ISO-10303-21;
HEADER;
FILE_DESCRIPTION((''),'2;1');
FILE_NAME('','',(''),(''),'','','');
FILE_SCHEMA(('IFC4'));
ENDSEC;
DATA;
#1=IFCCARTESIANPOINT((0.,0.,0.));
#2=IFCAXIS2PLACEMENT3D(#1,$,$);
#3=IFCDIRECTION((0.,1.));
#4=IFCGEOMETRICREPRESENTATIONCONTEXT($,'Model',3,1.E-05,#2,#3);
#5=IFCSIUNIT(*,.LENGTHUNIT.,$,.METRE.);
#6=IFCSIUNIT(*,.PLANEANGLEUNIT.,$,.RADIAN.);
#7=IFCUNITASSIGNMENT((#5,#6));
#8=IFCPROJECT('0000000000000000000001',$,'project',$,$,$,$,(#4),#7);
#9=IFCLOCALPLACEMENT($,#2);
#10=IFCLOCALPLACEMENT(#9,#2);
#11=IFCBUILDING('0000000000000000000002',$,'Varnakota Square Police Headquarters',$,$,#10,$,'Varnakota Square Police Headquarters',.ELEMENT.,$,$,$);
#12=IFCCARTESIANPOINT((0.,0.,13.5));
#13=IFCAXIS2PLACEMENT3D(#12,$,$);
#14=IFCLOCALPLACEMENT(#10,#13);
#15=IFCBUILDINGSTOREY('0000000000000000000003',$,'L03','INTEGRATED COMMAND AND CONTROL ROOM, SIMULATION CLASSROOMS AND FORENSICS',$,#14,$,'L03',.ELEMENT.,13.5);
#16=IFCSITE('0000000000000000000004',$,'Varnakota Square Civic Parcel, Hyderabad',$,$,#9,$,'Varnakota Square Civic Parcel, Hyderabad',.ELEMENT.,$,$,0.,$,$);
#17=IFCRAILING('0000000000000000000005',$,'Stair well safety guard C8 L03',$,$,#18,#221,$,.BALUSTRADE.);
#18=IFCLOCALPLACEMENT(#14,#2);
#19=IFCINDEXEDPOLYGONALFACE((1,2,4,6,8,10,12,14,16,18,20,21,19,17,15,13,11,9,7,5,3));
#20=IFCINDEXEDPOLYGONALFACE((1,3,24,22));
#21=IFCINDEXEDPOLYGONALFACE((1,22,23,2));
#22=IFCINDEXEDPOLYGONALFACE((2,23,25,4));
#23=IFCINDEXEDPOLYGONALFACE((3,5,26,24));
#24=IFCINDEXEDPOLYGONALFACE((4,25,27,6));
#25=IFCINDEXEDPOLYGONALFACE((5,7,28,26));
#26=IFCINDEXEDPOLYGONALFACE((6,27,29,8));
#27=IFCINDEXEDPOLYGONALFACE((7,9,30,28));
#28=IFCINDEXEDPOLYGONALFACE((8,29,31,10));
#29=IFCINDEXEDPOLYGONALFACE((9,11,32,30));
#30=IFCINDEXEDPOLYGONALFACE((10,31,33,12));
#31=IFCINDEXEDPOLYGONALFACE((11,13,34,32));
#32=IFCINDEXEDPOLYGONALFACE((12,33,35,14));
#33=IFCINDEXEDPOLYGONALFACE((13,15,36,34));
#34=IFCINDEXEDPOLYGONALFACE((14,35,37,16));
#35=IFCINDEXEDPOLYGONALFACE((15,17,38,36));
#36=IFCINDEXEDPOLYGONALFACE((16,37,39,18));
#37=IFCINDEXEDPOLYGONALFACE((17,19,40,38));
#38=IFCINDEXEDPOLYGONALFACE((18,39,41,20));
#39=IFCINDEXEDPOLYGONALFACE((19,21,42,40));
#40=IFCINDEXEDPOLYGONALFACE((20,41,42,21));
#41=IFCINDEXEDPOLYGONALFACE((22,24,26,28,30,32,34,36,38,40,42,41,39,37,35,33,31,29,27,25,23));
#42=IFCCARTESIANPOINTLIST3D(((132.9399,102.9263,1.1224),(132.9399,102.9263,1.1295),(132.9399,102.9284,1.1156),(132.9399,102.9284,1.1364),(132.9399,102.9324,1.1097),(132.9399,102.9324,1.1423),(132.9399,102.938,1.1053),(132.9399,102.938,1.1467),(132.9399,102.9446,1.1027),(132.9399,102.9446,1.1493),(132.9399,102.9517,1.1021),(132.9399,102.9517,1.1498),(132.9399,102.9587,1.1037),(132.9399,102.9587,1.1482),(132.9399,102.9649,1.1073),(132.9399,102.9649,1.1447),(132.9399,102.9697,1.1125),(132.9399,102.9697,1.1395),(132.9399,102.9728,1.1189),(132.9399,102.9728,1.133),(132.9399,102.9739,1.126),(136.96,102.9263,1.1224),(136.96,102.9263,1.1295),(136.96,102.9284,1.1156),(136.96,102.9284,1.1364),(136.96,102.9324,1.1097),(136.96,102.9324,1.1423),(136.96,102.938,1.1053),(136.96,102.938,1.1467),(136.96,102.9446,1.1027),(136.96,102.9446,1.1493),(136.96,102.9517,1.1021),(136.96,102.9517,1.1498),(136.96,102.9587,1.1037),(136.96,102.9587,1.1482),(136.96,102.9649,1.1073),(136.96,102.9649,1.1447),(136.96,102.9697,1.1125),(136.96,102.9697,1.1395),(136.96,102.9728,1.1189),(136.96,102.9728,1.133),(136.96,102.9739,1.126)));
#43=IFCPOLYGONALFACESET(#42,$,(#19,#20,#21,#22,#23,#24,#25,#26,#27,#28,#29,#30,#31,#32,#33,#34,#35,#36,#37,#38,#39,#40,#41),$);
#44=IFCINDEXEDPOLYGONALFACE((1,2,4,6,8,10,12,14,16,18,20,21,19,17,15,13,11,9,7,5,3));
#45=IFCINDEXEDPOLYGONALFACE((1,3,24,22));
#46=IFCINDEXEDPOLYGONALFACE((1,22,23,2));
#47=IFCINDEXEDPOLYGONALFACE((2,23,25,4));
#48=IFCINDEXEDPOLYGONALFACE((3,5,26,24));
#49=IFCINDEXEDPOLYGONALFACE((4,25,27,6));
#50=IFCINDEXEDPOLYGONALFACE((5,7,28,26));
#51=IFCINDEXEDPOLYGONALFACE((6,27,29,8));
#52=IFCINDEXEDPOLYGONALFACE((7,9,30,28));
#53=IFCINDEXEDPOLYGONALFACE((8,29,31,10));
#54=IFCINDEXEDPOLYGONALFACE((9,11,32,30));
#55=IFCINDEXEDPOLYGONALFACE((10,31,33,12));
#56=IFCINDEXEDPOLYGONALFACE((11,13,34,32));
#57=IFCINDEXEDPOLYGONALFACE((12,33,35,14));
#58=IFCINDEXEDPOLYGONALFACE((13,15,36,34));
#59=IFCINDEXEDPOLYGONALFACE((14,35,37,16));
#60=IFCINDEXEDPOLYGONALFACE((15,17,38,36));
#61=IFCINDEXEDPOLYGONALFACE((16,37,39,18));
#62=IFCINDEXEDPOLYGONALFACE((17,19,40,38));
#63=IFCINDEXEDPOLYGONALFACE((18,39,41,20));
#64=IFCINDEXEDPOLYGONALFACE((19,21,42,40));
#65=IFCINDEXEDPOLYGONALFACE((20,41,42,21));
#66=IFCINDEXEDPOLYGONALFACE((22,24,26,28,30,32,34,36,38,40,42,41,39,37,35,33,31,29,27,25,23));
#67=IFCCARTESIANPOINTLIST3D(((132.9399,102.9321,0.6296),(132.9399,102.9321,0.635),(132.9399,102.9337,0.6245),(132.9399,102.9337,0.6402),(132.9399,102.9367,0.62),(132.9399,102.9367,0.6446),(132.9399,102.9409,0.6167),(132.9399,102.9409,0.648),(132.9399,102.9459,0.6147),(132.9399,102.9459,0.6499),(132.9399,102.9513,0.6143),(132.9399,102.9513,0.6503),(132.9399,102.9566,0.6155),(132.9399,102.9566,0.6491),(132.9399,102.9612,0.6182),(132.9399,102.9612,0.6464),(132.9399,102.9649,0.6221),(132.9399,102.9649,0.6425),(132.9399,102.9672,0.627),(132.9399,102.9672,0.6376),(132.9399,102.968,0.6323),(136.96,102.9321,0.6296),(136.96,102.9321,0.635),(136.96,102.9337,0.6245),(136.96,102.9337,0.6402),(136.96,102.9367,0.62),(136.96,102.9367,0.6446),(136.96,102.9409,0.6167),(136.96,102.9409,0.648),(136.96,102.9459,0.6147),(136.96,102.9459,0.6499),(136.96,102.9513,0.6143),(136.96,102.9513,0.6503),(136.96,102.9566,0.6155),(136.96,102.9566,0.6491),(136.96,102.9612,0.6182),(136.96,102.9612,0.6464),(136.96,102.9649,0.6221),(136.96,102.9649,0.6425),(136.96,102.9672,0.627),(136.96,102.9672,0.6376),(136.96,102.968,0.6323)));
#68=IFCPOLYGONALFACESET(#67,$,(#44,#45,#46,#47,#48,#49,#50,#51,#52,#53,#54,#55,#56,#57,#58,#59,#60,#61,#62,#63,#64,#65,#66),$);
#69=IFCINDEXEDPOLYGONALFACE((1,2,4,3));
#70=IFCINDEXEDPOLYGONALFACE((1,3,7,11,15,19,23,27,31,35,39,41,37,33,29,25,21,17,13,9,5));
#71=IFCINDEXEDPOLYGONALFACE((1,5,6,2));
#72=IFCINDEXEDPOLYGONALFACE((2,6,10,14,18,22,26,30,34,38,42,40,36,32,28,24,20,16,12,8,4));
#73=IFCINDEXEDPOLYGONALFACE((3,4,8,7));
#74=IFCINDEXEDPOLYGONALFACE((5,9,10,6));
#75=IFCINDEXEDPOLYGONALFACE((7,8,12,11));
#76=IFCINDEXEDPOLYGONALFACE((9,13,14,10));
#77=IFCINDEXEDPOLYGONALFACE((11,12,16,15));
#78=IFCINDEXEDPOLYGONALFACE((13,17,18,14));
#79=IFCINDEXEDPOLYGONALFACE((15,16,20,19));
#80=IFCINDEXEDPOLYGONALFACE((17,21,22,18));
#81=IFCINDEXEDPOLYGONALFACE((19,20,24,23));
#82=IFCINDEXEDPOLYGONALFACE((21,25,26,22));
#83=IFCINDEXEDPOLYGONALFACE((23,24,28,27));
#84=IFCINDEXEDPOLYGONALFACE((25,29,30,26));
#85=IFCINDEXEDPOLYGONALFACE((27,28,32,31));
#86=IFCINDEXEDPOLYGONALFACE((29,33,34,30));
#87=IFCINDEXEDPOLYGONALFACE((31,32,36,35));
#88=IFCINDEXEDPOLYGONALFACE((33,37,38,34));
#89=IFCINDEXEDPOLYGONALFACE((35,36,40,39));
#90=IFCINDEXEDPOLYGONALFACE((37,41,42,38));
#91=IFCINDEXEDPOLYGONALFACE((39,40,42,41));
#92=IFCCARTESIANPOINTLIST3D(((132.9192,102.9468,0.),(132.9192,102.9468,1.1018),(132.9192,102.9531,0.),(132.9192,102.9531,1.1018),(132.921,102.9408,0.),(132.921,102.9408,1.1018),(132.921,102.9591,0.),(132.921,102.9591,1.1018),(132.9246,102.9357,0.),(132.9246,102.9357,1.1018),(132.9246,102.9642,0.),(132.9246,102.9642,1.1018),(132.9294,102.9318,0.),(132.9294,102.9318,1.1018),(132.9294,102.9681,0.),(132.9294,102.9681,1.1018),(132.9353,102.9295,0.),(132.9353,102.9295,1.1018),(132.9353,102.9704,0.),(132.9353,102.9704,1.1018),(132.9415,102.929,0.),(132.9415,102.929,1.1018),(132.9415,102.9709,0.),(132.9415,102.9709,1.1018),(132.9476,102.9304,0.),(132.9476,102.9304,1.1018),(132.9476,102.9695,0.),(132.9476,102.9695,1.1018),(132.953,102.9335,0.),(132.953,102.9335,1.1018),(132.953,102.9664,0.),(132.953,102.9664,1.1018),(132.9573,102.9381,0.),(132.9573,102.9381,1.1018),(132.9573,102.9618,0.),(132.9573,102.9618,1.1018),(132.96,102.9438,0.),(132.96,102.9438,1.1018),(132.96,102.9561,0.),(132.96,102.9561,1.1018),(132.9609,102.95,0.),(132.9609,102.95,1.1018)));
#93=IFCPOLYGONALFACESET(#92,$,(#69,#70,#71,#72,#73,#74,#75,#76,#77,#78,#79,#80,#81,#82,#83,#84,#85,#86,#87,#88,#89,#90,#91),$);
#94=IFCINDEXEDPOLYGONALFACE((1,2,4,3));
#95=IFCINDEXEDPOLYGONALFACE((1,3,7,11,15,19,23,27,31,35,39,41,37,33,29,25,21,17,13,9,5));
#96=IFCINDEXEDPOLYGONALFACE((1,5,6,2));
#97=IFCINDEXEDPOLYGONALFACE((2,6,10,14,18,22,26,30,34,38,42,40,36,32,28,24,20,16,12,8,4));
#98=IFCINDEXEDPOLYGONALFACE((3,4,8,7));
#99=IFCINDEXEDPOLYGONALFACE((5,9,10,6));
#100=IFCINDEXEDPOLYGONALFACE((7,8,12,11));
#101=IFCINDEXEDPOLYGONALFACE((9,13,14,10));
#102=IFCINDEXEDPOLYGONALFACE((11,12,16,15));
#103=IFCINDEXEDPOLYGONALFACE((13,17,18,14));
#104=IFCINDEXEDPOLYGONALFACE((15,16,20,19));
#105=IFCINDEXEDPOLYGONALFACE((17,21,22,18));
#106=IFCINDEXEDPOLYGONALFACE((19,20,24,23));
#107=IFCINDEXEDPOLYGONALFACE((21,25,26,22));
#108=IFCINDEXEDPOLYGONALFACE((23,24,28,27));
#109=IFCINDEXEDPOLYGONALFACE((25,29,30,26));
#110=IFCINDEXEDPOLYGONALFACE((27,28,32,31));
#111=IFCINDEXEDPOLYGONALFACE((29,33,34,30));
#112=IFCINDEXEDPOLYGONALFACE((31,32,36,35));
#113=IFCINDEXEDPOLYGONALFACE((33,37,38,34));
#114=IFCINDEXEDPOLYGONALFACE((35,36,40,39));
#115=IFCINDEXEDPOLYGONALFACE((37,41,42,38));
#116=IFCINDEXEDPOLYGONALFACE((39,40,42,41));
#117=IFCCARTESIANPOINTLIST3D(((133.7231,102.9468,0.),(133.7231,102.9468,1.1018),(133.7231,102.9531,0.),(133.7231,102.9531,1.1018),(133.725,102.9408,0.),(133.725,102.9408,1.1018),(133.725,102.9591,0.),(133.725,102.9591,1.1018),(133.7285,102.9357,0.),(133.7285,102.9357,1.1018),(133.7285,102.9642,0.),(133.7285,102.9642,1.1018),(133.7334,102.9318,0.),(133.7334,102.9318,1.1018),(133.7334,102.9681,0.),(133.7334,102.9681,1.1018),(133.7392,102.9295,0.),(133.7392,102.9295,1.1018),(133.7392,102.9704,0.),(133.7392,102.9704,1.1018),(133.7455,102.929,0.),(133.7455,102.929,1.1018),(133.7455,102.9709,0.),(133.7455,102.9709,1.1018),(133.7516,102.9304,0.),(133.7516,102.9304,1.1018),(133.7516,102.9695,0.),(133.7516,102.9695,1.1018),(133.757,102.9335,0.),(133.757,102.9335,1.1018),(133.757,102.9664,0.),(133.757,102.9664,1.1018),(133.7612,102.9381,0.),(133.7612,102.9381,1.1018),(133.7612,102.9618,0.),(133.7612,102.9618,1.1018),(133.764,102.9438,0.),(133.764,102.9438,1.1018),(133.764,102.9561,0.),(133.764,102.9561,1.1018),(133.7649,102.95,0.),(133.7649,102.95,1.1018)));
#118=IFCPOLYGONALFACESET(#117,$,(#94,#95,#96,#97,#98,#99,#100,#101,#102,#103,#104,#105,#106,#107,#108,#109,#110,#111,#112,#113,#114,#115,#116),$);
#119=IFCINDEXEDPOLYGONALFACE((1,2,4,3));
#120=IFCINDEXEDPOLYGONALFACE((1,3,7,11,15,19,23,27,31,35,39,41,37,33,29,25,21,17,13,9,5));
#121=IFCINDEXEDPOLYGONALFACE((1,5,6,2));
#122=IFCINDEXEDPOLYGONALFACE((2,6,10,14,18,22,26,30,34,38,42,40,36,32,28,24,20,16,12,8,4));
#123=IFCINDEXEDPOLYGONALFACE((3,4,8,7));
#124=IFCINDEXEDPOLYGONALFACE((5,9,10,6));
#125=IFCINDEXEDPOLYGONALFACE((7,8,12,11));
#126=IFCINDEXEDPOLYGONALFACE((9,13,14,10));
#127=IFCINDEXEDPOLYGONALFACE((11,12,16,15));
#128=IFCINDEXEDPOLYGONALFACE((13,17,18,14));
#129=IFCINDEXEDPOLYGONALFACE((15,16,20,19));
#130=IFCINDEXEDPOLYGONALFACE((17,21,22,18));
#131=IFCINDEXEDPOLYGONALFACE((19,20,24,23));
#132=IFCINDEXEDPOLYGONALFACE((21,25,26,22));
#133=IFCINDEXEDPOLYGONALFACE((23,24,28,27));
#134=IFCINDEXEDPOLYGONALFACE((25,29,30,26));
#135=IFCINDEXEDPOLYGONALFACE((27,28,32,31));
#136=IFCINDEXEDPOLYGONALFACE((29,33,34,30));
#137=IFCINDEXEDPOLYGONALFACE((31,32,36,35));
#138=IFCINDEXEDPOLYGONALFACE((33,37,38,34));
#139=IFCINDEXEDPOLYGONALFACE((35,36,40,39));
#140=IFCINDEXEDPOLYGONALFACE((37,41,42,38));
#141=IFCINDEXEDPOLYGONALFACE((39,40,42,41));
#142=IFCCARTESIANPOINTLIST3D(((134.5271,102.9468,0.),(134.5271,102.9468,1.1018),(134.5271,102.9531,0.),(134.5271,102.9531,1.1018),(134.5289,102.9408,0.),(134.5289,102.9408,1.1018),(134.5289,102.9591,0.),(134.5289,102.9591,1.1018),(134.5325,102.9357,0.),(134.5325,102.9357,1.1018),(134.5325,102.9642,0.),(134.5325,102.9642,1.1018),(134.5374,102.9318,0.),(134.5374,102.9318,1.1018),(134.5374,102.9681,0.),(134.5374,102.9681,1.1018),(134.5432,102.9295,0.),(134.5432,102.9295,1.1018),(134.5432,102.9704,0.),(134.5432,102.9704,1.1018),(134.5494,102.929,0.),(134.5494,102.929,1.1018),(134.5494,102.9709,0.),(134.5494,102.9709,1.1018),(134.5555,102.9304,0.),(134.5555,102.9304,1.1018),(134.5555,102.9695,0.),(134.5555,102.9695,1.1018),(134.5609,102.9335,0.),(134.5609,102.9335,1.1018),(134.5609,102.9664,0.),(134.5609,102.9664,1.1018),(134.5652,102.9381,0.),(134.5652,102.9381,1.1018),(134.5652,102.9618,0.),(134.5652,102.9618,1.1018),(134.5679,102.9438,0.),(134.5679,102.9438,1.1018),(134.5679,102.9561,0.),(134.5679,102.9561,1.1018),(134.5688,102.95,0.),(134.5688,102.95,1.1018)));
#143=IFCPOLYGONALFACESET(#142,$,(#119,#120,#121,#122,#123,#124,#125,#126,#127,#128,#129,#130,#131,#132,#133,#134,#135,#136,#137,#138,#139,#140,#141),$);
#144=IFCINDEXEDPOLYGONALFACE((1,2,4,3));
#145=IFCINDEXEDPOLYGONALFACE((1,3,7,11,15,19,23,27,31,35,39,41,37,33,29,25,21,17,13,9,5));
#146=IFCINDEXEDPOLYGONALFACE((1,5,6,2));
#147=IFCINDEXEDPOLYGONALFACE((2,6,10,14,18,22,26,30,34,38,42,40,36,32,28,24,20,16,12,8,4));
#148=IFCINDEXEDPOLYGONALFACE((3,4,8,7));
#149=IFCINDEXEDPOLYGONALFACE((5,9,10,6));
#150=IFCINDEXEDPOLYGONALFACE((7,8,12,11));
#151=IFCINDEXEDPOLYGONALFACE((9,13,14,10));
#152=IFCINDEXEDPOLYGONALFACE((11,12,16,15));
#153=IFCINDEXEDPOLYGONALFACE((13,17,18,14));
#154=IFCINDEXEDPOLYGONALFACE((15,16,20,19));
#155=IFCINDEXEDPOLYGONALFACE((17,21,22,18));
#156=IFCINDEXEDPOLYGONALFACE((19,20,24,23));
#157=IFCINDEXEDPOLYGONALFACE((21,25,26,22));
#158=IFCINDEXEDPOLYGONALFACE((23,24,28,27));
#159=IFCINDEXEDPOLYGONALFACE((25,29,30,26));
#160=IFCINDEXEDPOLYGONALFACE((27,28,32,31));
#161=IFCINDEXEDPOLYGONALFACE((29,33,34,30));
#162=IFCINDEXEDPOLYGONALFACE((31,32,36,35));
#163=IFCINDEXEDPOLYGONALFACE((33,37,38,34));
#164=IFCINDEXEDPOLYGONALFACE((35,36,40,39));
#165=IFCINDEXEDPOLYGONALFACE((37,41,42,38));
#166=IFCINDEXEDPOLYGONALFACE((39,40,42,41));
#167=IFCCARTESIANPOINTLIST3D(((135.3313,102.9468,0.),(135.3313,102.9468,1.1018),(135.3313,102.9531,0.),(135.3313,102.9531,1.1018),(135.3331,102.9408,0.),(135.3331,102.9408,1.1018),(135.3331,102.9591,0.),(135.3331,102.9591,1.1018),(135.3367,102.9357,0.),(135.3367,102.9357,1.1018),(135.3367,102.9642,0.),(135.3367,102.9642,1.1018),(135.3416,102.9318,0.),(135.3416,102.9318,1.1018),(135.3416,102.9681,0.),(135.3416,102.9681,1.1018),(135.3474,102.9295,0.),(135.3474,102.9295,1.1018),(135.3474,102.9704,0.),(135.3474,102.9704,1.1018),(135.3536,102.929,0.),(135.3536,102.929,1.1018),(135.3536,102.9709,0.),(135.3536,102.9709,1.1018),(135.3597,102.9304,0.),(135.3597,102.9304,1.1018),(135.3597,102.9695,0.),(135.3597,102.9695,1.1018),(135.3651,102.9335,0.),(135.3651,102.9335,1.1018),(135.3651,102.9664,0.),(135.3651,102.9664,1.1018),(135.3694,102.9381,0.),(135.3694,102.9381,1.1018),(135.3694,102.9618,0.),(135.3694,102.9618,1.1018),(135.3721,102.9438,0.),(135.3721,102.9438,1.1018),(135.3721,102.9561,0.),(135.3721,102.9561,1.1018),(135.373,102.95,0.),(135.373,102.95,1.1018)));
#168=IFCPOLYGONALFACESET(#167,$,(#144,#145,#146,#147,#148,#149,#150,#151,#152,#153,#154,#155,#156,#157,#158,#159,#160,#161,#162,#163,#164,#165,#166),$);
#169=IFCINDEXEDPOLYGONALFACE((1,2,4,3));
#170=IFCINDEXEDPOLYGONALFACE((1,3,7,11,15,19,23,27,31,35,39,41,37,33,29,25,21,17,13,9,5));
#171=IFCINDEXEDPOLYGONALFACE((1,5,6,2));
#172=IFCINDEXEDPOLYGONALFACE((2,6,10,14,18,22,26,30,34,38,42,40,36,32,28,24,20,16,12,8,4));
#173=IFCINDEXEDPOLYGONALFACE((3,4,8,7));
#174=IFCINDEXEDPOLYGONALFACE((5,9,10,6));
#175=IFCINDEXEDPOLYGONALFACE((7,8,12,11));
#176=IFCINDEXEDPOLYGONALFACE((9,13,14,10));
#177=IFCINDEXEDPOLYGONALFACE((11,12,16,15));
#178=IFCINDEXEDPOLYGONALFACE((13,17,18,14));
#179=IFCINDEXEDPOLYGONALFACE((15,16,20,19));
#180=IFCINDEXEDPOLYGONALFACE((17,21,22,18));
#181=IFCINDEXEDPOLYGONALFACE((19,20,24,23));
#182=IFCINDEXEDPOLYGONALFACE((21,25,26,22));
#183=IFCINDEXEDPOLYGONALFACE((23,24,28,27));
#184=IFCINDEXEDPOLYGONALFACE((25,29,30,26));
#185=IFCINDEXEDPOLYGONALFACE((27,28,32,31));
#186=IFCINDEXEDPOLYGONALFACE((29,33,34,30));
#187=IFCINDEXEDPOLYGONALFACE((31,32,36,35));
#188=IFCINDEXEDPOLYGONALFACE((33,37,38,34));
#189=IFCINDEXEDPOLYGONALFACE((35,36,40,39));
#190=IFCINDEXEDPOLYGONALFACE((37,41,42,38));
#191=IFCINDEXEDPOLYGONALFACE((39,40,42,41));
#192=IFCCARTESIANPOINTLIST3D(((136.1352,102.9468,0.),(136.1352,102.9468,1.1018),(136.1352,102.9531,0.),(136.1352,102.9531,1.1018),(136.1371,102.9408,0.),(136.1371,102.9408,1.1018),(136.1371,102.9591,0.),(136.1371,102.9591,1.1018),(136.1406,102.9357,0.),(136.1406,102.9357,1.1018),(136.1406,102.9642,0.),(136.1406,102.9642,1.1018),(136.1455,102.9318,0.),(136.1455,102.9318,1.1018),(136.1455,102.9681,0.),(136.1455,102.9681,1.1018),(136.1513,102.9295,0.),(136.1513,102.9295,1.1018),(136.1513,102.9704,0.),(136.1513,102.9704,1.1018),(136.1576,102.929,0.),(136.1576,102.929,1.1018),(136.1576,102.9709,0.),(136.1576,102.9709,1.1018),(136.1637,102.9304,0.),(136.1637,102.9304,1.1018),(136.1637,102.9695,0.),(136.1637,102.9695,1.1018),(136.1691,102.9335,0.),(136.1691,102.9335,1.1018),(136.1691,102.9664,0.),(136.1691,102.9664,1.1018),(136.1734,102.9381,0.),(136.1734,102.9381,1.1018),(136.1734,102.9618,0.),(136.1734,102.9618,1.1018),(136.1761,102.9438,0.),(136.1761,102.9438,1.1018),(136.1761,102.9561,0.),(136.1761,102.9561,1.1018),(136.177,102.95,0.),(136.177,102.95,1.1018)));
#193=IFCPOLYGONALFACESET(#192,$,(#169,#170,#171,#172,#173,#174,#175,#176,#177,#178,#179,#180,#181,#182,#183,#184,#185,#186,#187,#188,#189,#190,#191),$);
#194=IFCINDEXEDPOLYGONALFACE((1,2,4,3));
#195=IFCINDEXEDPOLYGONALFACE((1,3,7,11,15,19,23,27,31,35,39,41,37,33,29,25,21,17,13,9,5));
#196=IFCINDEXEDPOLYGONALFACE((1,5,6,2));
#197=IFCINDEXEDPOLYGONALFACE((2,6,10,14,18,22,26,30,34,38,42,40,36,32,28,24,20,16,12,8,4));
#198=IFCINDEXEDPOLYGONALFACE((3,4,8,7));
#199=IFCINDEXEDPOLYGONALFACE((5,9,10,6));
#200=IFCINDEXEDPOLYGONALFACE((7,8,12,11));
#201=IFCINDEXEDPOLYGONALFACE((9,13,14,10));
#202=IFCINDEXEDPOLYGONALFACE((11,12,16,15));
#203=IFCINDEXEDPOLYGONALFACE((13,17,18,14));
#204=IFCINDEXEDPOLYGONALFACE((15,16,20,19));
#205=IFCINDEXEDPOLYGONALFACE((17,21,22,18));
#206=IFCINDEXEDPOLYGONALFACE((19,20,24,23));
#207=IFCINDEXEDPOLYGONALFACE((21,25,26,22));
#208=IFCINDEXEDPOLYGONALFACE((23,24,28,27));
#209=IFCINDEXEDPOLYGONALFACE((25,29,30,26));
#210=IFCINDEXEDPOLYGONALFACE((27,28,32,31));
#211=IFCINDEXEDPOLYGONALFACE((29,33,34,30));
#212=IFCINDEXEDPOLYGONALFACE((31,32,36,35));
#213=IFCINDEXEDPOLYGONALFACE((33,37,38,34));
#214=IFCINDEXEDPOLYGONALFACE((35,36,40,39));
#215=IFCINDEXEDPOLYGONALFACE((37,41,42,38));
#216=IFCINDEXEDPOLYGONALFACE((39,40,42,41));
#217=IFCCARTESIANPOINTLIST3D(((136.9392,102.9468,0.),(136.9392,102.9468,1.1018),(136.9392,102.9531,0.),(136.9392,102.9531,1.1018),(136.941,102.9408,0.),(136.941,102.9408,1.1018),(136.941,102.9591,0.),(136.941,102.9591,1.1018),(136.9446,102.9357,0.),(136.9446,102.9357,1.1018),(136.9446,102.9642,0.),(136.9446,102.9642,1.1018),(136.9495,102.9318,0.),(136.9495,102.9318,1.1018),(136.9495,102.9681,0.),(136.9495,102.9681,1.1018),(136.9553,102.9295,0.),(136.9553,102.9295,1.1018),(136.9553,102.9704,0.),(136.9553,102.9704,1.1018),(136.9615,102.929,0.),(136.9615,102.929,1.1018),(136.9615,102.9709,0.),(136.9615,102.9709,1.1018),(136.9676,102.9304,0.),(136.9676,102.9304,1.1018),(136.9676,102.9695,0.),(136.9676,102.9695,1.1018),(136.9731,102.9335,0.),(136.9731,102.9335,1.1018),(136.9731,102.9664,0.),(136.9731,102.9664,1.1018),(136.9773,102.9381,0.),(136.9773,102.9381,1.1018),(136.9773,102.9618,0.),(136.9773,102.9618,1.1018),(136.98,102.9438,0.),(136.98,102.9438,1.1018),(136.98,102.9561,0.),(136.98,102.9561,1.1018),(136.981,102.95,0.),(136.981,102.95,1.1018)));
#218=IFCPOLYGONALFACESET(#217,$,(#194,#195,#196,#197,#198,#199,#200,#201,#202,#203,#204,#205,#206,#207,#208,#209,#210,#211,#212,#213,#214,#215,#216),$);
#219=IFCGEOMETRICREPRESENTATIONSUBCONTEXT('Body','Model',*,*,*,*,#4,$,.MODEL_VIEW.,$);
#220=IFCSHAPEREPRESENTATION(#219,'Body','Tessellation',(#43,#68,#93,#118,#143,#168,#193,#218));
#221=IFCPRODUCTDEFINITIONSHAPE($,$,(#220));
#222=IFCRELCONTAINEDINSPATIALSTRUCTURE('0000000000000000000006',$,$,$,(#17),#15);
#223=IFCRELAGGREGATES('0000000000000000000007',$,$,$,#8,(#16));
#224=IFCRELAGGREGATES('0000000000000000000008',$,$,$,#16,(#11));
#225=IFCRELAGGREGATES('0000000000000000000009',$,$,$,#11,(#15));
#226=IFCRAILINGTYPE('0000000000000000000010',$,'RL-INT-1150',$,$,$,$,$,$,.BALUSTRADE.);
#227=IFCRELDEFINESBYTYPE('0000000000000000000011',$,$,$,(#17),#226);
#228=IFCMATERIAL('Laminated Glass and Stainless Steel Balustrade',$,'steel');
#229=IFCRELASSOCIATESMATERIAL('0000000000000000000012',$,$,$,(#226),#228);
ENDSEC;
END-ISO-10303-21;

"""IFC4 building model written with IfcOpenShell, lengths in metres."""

from ifc_helpers import new_model, si_unit, direction, frame, origin, origin_2d, place, context, subcontext, project, spatial, circle, extrude, material, type_object, element, save


model = new_model("IFC4")

# Units and contexts
model_context = context("Model", 3, precision=1e-05, world=origin(), true_north=direction((0.0, 1.0)))
body_context = subcontext(model_context, "Body", "Model", "MODEL_VIEW")
ifc_project = project(units=[si_unit("LENGTHUNIT", "METRE"), si_unit("PLANEANGLEUNIT", "RADIAN")], contexts=[model_context])

# Site, building, storey
site_placement = place(None, origin())
site = spatial("IfcSite", under=ifc_project, at=site_placement, Name="Varnakota Square Civic Parcel, Hyderabad", LongName="Varnakota Square Civic Parcel, Hyderabad", CompositionType="ELEMENT", RefElevation=0.0)
building_placement = place(site_placement, origin())
building = spatial("IfcBuilding", under=site, at=building_placement, Name="Varnakota Square Police Headquarters", LongName="Varnakota Square Police Headquarters", CompositionType="ELEMENT")
storey_placement = place(building_placement, frame((0.0, 0.0, 13.5)))
storey = spatial("IfcBuildingStorey", under=building, at=storey_placement, Name="L03", Description="INTEGRATED COMMAND AND CONTROL ROOM, SIMULATION CLASSROOMS AND FORENSICS", LongName="L03", CompositionType="ELEMENT", Elevation=13.5)

# Railing
ifc_material_1 = material(Name="Laminated Glass and Stainless Steel Balustrade", Category="steel")
railing_type = type_object("IfcRailingType", Name="RL-INT-1150", PredefinedType="BALUSTRADE", material=ifc_material_1)
railing_placement = place(storey_placement, frame((132.9399, 102.95, 0.0)))
element("IfcRailing", 1, at=railing_placement, inside=storey, type_object=railing_type, Name="Stair well safety guard C8 L03", PredefinedType="BALUSTRADE", context=body_context, shape_type="SweptSolid", body=[
    extrude(circle(Radius=0.0239, at=origin_2d()), frame((0.0, 0.0, 1.126), z_axis=(1.0, 0.0, 0.0), x_axis=(0.0, 1.0, 0.0)), (0.0, 0.0, 1.0), 4.02),
    extrude(circle(Radius=0.0181, at=origin_2d()), frame((0.0, 0.0, 0.6323), z_axis=(1.0, 0.0, 0.0), x_axis=(0.0, 1.0, 0.0)), (0.0, 0.0, 1.0), 4.02),
    extrude(circle(Radius=0.021, at=origin_2d()), origin(), (0.0, 0.0, 1.0), 1.1018),
    extrude(circle(Radius=0.021, at=origin_2d()), frame((0.804, 0.0, 0.0)), (0.0, 0.0, 1.0), 1.1018),
    extrude(circle(Radius=0.021, at=origin_2d()), frame((1.6079, 0.0, 0.0)), (0.0, 0.0, 1.0), 1.1018),
    extrude(circle(Radius=0.021, at=origin_2d()), frame((2.4121, 0.0, 0.0)), (0.0, 0.0, 1.0), 1.1018),
    extrude(circle(Radius=0.021, at=origin_2d()), frame((3.2161, 0.0, 0.0)), (0.0, 0.0, 1.0), 1.1018),
    extrude(circle(Radius=0.021, at=origin_2d()), frame((4.02, 0.0, 0.0)), (0.0, 0.0, 1.0), 1.1018),
])

save(model, "model.ifc")
